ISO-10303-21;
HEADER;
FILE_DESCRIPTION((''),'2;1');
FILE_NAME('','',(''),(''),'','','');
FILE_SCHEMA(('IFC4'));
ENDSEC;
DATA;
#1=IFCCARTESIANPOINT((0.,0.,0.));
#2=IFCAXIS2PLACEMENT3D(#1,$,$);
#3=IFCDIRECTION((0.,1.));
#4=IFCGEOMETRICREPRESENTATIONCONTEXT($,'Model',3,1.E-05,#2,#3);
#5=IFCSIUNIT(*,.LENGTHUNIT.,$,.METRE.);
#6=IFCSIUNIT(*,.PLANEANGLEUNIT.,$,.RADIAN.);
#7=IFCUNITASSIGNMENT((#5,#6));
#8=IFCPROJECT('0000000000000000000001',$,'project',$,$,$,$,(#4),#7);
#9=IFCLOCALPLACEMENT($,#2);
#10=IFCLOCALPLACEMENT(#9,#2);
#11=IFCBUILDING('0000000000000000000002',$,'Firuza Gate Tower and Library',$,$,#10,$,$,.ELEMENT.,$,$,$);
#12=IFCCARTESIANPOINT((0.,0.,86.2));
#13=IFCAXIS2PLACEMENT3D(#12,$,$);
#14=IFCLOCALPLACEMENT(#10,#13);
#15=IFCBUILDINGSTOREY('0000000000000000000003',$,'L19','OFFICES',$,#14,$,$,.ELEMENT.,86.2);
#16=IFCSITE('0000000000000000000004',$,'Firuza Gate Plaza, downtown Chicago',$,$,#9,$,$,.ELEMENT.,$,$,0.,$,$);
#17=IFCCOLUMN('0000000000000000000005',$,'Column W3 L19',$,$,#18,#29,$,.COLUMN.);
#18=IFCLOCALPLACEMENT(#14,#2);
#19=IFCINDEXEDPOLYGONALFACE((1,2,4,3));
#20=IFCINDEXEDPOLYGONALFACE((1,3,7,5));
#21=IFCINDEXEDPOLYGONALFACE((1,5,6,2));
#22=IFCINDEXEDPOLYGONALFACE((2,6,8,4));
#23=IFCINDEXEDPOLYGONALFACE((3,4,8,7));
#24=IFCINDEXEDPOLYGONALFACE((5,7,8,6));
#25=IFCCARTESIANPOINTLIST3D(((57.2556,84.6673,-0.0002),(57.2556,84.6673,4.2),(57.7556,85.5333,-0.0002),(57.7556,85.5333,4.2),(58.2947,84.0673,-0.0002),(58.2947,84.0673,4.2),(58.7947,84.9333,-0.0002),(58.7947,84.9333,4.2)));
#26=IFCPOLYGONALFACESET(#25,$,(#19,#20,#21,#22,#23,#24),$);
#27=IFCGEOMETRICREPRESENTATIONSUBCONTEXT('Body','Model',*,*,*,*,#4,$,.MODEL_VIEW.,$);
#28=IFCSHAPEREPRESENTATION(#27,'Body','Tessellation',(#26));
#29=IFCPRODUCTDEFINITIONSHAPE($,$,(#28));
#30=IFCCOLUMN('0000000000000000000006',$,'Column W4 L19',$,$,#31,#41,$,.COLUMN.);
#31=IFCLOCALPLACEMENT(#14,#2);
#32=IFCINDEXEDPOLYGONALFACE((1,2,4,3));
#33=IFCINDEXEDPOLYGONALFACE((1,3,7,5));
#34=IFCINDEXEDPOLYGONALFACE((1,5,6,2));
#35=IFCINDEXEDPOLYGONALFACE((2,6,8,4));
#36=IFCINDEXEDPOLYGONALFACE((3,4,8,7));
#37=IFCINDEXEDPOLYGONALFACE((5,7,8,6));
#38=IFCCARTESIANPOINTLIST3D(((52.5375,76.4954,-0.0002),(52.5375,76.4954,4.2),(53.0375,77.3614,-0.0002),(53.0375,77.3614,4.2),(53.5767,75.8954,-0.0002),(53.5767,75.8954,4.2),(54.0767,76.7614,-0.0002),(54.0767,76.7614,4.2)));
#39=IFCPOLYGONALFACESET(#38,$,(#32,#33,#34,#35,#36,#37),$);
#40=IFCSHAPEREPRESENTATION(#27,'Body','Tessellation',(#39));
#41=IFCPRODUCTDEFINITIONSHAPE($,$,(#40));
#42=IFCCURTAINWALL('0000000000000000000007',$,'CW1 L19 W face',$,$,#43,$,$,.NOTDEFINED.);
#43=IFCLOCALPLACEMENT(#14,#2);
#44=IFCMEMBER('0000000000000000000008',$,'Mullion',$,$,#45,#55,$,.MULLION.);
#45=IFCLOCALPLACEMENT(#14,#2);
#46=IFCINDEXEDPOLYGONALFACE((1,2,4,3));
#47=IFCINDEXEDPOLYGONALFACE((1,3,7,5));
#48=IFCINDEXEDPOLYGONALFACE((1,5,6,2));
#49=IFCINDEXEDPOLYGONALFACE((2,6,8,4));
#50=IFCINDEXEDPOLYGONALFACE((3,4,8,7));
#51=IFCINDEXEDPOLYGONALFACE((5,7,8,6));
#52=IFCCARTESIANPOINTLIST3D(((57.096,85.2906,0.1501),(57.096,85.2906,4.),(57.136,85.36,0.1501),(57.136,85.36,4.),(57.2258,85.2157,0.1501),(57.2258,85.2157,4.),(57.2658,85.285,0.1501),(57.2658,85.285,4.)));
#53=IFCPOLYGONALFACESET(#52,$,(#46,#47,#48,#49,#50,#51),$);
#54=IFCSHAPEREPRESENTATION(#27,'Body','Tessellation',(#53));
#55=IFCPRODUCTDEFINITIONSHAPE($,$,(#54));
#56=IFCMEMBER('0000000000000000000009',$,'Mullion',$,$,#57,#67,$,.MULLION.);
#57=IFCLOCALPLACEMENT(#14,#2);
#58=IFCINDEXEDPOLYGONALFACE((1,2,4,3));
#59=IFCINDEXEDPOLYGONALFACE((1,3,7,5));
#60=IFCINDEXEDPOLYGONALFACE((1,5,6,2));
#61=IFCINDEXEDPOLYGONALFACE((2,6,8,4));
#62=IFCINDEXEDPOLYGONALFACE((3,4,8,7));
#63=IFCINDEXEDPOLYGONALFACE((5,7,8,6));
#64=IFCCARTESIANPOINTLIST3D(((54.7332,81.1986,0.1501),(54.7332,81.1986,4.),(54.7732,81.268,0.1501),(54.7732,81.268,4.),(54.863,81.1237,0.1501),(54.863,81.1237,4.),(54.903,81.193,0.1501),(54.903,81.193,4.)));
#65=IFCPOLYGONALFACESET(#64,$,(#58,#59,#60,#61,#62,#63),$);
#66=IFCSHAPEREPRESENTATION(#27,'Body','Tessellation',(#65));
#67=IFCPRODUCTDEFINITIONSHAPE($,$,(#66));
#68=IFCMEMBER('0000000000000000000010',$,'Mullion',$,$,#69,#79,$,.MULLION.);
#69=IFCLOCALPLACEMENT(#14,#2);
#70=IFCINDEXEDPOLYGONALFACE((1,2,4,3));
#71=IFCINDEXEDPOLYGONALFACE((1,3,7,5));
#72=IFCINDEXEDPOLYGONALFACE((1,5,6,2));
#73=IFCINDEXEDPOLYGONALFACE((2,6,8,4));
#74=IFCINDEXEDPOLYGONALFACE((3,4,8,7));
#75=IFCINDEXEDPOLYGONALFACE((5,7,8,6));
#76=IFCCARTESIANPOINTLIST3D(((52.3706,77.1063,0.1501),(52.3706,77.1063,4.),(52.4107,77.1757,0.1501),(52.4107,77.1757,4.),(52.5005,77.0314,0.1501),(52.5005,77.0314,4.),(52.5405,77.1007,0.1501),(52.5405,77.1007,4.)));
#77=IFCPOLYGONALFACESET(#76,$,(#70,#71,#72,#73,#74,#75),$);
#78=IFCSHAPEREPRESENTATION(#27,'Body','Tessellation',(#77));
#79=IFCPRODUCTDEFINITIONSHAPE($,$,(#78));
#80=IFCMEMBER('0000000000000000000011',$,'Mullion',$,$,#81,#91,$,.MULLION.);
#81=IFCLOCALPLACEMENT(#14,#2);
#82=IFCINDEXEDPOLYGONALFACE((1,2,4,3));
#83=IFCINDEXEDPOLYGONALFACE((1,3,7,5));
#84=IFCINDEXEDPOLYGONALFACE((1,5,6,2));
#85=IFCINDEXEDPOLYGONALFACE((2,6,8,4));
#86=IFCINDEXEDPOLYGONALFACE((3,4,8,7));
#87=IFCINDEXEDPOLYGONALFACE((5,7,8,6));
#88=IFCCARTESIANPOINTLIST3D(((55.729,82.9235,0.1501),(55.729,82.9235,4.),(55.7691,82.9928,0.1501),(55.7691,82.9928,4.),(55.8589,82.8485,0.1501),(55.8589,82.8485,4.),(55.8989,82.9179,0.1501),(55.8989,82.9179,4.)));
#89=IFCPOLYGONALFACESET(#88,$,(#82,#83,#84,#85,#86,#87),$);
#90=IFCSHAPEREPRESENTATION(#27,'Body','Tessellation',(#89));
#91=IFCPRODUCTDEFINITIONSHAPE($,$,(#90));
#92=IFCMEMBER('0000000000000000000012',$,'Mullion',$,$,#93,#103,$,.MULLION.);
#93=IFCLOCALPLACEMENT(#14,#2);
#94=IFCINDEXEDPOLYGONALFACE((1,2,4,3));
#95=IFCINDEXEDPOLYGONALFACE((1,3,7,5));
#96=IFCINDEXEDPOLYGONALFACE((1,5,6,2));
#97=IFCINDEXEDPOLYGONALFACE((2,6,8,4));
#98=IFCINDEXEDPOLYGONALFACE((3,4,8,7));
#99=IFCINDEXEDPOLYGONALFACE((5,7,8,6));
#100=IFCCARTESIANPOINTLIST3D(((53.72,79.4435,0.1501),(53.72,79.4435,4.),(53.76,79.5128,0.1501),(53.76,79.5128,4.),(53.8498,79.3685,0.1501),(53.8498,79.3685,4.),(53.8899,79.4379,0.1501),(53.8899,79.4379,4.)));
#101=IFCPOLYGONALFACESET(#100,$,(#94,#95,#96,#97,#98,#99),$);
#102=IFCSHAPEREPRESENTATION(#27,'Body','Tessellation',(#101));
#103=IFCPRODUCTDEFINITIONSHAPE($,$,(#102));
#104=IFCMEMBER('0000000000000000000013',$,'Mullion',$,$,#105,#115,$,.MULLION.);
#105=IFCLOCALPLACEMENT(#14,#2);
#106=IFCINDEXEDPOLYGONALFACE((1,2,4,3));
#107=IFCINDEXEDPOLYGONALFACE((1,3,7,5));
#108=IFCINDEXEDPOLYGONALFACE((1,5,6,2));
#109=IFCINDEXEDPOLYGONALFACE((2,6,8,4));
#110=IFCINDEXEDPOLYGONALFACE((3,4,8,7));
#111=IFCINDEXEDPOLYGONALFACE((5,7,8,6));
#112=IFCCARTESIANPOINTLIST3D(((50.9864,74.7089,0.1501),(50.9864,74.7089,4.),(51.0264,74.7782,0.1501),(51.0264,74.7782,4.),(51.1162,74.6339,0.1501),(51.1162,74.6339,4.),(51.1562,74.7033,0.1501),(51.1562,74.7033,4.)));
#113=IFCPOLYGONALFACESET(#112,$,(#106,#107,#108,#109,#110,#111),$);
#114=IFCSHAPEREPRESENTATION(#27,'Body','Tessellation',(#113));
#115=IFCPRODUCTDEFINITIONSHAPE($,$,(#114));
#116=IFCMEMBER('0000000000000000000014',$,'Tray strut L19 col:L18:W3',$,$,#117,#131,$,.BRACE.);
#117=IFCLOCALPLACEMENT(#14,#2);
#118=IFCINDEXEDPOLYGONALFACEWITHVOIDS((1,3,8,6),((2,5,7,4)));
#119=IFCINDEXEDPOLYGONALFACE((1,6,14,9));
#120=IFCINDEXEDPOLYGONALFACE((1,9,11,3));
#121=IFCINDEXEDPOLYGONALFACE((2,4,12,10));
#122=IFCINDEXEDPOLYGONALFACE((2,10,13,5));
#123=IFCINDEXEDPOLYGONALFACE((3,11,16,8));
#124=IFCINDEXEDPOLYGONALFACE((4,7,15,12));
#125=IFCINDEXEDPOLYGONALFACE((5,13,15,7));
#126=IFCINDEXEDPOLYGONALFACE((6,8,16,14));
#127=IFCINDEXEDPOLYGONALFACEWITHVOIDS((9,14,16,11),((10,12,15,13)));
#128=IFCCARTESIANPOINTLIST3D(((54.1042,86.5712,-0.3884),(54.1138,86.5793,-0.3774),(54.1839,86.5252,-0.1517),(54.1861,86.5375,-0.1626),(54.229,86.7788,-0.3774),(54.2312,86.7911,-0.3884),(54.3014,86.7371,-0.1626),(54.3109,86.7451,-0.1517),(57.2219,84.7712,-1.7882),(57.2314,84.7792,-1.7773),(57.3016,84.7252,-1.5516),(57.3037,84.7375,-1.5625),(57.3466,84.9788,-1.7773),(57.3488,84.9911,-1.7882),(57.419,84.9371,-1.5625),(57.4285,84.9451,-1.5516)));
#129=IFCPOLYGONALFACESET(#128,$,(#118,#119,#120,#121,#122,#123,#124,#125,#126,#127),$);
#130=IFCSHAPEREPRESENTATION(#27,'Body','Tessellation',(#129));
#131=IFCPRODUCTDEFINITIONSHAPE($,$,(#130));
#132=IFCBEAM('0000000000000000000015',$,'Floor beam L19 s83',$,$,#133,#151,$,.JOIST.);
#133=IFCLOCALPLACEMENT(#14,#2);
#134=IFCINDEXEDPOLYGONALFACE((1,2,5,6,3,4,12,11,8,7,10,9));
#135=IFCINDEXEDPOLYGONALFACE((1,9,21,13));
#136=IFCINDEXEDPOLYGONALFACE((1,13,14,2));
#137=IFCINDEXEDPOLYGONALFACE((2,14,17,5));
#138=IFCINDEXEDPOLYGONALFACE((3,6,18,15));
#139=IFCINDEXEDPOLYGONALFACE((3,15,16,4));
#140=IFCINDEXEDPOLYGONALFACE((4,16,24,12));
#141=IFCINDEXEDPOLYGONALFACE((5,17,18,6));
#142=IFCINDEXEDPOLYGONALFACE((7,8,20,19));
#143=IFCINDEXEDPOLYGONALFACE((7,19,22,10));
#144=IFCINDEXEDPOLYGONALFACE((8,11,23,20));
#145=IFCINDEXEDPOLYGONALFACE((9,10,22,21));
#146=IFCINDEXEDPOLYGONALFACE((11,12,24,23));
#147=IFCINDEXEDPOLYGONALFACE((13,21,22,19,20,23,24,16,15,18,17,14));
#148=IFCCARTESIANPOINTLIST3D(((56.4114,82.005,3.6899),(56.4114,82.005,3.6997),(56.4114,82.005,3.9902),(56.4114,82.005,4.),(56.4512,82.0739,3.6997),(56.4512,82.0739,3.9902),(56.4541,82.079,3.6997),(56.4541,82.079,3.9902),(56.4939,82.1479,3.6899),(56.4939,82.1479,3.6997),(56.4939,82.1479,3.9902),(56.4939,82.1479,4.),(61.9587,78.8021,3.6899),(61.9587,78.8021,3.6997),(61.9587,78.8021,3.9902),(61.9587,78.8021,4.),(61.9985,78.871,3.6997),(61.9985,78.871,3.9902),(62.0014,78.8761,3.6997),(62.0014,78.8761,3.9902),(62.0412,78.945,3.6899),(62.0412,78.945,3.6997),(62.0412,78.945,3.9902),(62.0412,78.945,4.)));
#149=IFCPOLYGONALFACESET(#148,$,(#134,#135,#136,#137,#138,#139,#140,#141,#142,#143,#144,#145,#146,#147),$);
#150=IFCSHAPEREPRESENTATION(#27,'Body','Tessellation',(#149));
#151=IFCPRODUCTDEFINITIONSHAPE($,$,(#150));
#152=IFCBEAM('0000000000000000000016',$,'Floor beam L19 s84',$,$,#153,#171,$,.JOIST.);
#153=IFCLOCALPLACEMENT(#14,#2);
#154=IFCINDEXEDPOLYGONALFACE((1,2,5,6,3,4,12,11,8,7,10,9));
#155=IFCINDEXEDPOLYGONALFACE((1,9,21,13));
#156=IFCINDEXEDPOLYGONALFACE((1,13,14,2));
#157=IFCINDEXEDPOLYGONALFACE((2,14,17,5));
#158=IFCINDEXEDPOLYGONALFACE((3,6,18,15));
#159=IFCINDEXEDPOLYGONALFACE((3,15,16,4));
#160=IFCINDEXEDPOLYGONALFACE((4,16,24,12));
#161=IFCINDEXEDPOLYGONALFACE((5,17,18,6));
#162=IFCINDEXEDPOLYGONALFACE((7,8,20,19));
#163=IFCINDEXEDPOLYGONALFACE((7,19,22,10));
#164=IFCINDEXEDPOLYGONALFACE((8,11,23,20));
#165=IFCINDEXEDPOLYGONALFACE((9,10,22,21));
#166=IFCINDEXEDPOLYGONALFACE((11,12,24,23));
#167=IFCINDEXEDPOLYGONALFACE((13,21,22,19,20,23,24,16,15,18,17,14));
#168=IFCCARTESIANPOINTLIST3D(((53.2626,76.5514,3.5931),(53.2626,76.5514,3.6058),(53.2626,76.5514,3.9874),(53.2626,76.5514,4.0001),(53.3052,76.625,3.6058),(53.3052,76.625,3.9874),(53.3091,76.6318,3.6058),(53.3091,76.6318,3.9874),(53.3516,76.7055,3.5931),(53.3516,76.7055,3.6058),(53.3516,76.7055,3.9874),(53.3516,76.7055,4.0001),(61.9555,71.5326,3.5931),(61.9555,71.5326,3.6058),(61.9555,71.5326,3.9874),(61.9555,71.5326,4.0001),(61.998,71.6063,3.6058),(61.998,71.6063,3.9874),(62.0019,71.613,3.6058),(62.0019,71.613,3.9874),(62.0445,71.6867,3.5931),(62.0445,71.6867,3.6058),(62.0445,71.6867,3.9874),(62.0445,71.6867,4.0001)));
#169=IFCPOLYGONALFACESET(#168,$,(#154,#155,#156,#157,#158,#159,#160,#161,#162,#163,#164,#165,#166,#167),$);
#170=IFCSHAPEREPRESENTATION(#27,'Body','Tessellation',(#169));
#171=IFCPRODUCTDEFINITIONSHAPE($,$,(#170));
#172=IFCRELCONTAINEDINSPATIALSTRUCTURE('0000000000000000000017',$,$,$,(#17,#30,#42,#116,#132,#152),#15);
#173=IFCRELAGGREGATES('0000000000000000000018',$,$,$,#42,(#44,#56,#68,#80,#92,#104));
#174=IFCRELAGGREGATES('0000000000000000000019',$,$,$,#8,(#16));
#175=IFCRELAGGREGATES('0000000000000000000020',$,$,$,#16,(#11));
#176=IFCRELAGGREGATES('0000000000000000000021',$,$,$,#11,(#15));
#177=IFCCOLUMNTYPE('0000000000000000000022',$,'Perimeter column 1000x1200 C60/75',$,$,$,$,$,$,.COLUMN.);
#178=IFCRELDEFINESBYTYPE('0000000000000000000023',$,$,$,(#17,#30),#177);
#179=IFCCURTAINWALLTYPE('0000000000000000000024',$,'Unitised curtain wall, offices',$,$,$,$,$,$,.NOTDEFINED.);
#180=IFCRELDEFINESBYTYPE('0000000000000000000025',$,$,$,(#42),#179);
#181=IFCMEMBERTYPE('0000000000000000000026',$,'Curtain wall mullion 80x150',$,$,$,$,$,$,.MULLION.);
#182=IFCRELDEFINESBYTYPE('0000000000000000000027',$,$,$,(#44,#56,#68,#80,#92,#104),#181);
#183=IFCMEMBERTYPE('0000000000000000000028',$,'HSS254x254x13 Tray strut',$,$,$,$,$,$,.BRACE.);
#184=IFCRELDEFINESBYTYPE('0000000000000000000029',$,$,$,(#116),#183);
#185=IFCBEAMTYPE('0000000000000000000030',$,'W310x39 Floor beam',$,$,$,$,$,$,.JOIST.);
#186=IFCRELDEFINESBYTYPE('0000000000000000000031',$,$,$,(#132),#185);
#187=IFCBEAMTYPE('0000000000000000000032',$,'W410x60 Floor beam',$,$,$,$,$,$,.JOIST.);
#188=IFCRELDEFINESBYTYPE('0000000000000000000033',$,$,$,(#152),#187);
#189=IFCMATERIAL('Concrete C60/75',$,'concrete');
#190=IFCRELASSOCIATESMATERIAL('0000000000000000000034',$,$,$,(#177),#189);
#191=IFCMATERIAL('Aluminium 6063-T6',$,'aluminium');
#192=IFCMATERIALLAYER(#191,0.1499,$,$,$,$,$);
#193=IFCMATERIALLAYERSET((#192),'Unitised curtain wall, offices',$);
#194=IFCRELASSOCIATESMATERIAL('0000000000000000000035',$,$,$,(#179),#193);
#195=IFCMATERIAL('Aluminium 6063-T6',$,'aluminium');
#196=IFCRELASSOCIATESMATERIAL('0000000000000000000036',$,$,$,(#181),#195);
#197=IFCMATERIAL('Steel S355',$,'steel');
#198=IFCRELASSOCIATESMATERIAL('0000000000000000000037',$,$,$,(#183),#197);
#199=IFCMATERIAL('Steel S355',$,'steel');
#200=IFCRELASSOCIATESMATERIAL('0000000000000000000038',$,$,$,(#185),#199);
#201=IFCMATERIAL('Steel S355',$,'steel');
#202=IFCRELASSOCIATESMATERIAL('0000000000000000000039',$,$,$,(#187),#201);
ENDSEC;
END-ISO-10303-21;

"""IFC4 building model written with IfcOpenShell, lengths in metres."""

from ifc_helpers import new_model, si_unit, direction, frame, origin, origin_2d, place, context, subcontext, project, spatial, rectangle, hollow_rectangle, i_section, extrude, material, layer, layer_set, material_profile, profile_set, type_object, element, aggregate, save


model = new_model("IFC4")

# Units and contexts
model_context = context("Model", 3, precision=1e-05, world=origin(), true_north=direction((0.0, 1.0)))
body_context = subcontext(model_context, "Body", "Model", "MODEL_VIEW")
ifc_project = project(units=[si_unit("LENGTHUNIT", "METRE"), si_unit("PLANEANGLEUNIT", "RADIAN")], contexts=[model_context])

# Site, building, storey
site_placement = place(None, origin())
site = spatial("IfcSite", under=ifc_project, at=site_placement, Name="Firuza Gate Plaza, downtown Chicago", CompositionType="ELEMENT", RefElevation=0.0)
building_placement = place(site_placement, origin())
building = spatial("IfcBuilding", under=site, at=building_placement, Name="Firuza Gate Tower and Library", CompositionType="ELEMENT")
storey_placement = place(building_placement, frame((0.0, 0.0, 86.2)))
storey = spatial("IfcBuildingStorey", under=building, at=storey_placement, Name="L19", Description="OFFICES", CompositionType="ELEMENT", Elevation=86.2)

# Columns
ifc_material_1 = material(Name="Concrete C60/75", Category="concrete")
ifc_material_profile_1 = material_profile(ifc_material_1, rectangle(XDim=1.0, YDim=1.2, at=origin_2d()))
ifc_profile_set_1 = profile_set([ifc_material_profile_1], Name="Concrete C60/75")
column_type = type_object("IfcColumnType", Name="Perimeter column 1000x1200 C60/75", PredefinedType="COLUMN", material=ifc_profile_set_1)
for number, where, z_axis, x_axis, name in (
    (1, (58.0251, 84.8003, -0.0002), (0.0, 0.0, 1.0), (-0.5, -0.866025, 0.0), "Column W3 L19"),
    (2, (53.3071, 76.6284, -0.0002), (0.0, 0.0, 1.0), (-0.5, -0.866025, 0.0), "Column W4 L19"),
):
    element("IfcColumn", number, at=place(storey_placement, frame(where, z_axis=z_axis, x_axis=x_axis)), inside=storey, type_object=column_type, Name=name, PredefinedType="COLUMN", context=body_context, shape_type="SweptSolid", body=[
        extrude(rectangle(XDim=1.0, YDim=1.2, at=origin_2d()), origin(), (0.0, 0.0, 1.0), 4.2002),
    ])

# Curtain wall, members
ifc_material_2 = material(Name="Aluminium 6063-T6", Category="aluminium")
ifc_layer_1 = layer(ifc_material_2, 0.1499)
ifc_layer_set_1 = layer_set([ifc_layer_1], Name="Unitised curtain wall, offices")
curtain_wall_type = type_object("IfcCurtainWallType", Name="Unitised curtain wall, offices", PredefinedType="NOTDEFINED", material=ifc_layer_set_1)
curtain_wall_placement = place(storey_placement, origin())
curtain_wall = element("IfcCurtainWall", 3, at=curtain_wall_placement, inside=storey, type_object=curtain_wall_type, Name="CW1 L19 W face", PredefinedType="NOTDEFINED")
ifc_material_3 = material(Name="Aluminium 6063-T6", Category="aluminium")
ifc_material_profile_2 = material_profile(ifc_material_3, rectangle(XDim=0.1499, YDim=0.0801, at=origin_2d()))
ifc_profile_set_2 = profile_set([ifc_material_profile_2], Name="Aluminium 6063-T6")
member_type_1 = type_object("IfcMemberType", Name="Curtain wall mullion 80x150", PredefinedType="MULLION", material=ifc_profile_set_2)
member_1_placement = place(storey_placement, frame((57.1809, 85.2878, 0.1501), z_axis=(0.0, 0.0, 1.0), x_axis=(0.866025, -0.5, 0.0)))
member_1 = element("IfcMember", 4, at=member_1_placement, type_object=member_type_1, Name="Mullion", PredefinedType="MULLION", context=body_context, shape_type="SweptSolid", body=[
    extrude(rectangle(XDim=0.1499, YDim=0.0801, at=origin_2d()), origin(), (0.0, 0.0, 1.0), 3.8499),
])
member_2_placement = place(storey_placement, frame((54.8181, 81.1958, 0.1501), z_axis=(0.0, 0.0, 1.0), x_axis=(0.866025, -0.5, 0.0)))
member_2 = element("IfcMember", 5, at=member_2_placement, type_object=member_type_1, Name="Mullion", PredefinedType="MULLION", context=body_context, shape_type="SweptSolid", body=[
    extrude(rectangle(XDim=0.1499, YDim=0.0801, at=origin_2d()), origin(), (0.0, 0.0, 1.0), 3.8499),
])
member_3_placement = place(storey_placement, frame((52.4556, 77.1035, 0.1501), z_axis=(0.0, 0.0, 1.0), x_axis=(0.866025, -0.5, 0.0)))
member_3 = element("IfcMember", 6, at=member_3_placement, type_object=member_type_1, Name="Mullion", PredefinedType="MULLION", context=body_context, shape_type="SweptSolid", body=[
    extrude(rectangle(XDim=0.1499, YDim=0.0801, at=origin_2d()), origin(), (0.0, 0.0, 1.0), 3.8499),
])
member_4_placement = place(storey_placement, frame((55.814, 82.9207, 0.1501), z_axis=(0.0, 0.0, 1.0), x_axis=(0.866025, -0.5, 0.0)))
member_4 = element("IfcMember", 7, at=member_4_placement, type_object=member_type_1, Name="Mullion", PredefinedType="MULLION", context=body_context, shape_type="SweptSolid", body=[
    extrude(rectangle(XDim=0.1499, YDim=0.0801, at=origin_2d()), origin(), (0.0, 0.0, 1.0), 3.8499),
])
member_5_placement = place(storey_placement, frame((53.8049, 79.4407, 0.1501), z_axis=(0.0, 0.0, 1.0), x_axis=(0.866025, -0.5, 0.0)))
member_5 = element("IfcMember", 8, at=member_5_placement, type_object=member_type_1, Name="Mullion", PredefinedType="MULLION", context=body_context, shape_type="SweptSolid", body=[
    extrude(rectangle(XDim=0.1499, YDim=0.0801, at=origin_2d()), origin(), (0.0, 0.0, 1.0), 3.8499),
])
member_6_placement = place(storey_placement, frame((51.0713, 74.7061, 0.1501), z_axis=(0.0, 0.0, 1.0), x_axis=(0.866025, -0.5, 0.0)))
member_6 = element("IfcMember", 9, at=member_6_placement, type_object=member_type_1, Name="Mullion", PredefinedType="MULLION", context=body_context, shape_type="SweptSolid", body=[
    extrude(rectangle(XDim=0.1499, YDim=0.0801, at=origin_2d()), origin(), (0.0, 0.0, 1.0), 3.8499),
])

# Member
ifc_material_4 = material(Name="Steel S355", Category="steel")
ifc_material_profile_3 = material_profile(ifc_material_4, hollow_rectangle(XDim=0.2539, YDim=0.2539, WallThickness=0.0117, at=origin_2d()))
ifc_profile_set_3 = profile_set([ifc_material_profile_3], Name="Steel S355")
member_type_2 = type_object("IfcMemberType", Name="HSS254x254x13 Tray strut", PredefinedType="BRACE", material=ifc_profile_set_3)
member_7_placement = place(storey_placement, frame((57.3252, 84.8582, -1.6699), z_axis=(-0.807141, 0.466018, 0.362423), x_axis=(-0.500012, -0.866018, 0.0)))
element("IfcMember", 10, at=member_7_placement, inside=storey, type_object=member_type_2, Name="Tray strut L19 col:L18:W3", PredefinedType="BRACE", context=body_context, shape_type="SweptSolid", body=[
    extrude(hollow_rectangle(XDim=0.2539, YDim=0.2539, WallThickness=0.0117, at=origin_2d()), origin(), (0.0, 0.0, 1.0), 3.8625),
])

# Beams
ifc_material_5 = material(Name="Steel S355", Category="steel")
ifc_material_profile_4 = material_profile(ifc_material_5, i_section(OverallWidth=0.165, OverallDepth=0.3101, WebThickness=0.0059, FlangeThickness=0.0098, at=origin_2d()))
ifc_profile_set_4 = profile_set([ifc_material_profile_4], Name="Steel S355")
beam_type_1 = type_object("IfcBeamType", Name="W310x39 Floor beam", PredefinedType="JOIST", material=ifc_profile_set_4)
beam_1_placement = place(storey_placement, frame((56.4526, 82.0764, 3.845), z_axis=(0.866018, -0.500013, 0.0), x_axis=(0.500013, 0.866018, 0.0)))
element("IfcBeam", 11, at=beam_1_placement, inside=storey, type_object=beam_type_1, Name="Floor beam L19 s83", PredefinedType="JOIST", context=body_context, shape_type="SweptSolid", body=[
    extrude(i_section(OverallWidth=0.165, OverallDepth=0.3101, WebThickness=0.0059, FlangeThickness=0.0098, at=origin_2d()), origin(), (0.0, 0.0, 1.0), 6.4055),
])
ifc_material_6 = material(Name="Steel S355", Category="steel")
ifc_material_profile_5 = material_profile(ifc_material_6, i_section(OverallWidth=0.178, OverallDepth=0.407, WebThickness=0.0078, FlangeThickness=0.0127, at=origin_2d()))
ifc_profile_set_5 = profile_set([ifc_material_profile_5], Name="Steel S355")
beam_type_2 = type_object("IfcBeamType", Name="W410x60 Floor beam", PredefinedType="JOIST", material=ifc_profile_set_5)
beam_2_placement = place(storey_placement, frame((53.3071, 76.6284, 3.7966), z_axis=(0.866027, -0.499998, 0.0), x_axis=(0.499998, 0.866027, 0.0)))
element("IfcBeam", 12, at=beam_2_placement, inside=storey, type_object=beam_type_2, Name="Floor beam L19 s84", PredefinedType="JOIST", context=body_context, shape_type="SweptSolid", body=[
    extrude(i_section(OverallWidth=0.178, OverallDepth=0.407, WebThickness=0.0078, FlangeThickness=0.0127, at=origin_2d()), origin(), (0.0, 0.0, 1.0), 10.0376),
])

aggregate(curtain_wall, [member_1, member_2, member_3, member_4, member_5, member_6])

save(model, "model.ifc")
